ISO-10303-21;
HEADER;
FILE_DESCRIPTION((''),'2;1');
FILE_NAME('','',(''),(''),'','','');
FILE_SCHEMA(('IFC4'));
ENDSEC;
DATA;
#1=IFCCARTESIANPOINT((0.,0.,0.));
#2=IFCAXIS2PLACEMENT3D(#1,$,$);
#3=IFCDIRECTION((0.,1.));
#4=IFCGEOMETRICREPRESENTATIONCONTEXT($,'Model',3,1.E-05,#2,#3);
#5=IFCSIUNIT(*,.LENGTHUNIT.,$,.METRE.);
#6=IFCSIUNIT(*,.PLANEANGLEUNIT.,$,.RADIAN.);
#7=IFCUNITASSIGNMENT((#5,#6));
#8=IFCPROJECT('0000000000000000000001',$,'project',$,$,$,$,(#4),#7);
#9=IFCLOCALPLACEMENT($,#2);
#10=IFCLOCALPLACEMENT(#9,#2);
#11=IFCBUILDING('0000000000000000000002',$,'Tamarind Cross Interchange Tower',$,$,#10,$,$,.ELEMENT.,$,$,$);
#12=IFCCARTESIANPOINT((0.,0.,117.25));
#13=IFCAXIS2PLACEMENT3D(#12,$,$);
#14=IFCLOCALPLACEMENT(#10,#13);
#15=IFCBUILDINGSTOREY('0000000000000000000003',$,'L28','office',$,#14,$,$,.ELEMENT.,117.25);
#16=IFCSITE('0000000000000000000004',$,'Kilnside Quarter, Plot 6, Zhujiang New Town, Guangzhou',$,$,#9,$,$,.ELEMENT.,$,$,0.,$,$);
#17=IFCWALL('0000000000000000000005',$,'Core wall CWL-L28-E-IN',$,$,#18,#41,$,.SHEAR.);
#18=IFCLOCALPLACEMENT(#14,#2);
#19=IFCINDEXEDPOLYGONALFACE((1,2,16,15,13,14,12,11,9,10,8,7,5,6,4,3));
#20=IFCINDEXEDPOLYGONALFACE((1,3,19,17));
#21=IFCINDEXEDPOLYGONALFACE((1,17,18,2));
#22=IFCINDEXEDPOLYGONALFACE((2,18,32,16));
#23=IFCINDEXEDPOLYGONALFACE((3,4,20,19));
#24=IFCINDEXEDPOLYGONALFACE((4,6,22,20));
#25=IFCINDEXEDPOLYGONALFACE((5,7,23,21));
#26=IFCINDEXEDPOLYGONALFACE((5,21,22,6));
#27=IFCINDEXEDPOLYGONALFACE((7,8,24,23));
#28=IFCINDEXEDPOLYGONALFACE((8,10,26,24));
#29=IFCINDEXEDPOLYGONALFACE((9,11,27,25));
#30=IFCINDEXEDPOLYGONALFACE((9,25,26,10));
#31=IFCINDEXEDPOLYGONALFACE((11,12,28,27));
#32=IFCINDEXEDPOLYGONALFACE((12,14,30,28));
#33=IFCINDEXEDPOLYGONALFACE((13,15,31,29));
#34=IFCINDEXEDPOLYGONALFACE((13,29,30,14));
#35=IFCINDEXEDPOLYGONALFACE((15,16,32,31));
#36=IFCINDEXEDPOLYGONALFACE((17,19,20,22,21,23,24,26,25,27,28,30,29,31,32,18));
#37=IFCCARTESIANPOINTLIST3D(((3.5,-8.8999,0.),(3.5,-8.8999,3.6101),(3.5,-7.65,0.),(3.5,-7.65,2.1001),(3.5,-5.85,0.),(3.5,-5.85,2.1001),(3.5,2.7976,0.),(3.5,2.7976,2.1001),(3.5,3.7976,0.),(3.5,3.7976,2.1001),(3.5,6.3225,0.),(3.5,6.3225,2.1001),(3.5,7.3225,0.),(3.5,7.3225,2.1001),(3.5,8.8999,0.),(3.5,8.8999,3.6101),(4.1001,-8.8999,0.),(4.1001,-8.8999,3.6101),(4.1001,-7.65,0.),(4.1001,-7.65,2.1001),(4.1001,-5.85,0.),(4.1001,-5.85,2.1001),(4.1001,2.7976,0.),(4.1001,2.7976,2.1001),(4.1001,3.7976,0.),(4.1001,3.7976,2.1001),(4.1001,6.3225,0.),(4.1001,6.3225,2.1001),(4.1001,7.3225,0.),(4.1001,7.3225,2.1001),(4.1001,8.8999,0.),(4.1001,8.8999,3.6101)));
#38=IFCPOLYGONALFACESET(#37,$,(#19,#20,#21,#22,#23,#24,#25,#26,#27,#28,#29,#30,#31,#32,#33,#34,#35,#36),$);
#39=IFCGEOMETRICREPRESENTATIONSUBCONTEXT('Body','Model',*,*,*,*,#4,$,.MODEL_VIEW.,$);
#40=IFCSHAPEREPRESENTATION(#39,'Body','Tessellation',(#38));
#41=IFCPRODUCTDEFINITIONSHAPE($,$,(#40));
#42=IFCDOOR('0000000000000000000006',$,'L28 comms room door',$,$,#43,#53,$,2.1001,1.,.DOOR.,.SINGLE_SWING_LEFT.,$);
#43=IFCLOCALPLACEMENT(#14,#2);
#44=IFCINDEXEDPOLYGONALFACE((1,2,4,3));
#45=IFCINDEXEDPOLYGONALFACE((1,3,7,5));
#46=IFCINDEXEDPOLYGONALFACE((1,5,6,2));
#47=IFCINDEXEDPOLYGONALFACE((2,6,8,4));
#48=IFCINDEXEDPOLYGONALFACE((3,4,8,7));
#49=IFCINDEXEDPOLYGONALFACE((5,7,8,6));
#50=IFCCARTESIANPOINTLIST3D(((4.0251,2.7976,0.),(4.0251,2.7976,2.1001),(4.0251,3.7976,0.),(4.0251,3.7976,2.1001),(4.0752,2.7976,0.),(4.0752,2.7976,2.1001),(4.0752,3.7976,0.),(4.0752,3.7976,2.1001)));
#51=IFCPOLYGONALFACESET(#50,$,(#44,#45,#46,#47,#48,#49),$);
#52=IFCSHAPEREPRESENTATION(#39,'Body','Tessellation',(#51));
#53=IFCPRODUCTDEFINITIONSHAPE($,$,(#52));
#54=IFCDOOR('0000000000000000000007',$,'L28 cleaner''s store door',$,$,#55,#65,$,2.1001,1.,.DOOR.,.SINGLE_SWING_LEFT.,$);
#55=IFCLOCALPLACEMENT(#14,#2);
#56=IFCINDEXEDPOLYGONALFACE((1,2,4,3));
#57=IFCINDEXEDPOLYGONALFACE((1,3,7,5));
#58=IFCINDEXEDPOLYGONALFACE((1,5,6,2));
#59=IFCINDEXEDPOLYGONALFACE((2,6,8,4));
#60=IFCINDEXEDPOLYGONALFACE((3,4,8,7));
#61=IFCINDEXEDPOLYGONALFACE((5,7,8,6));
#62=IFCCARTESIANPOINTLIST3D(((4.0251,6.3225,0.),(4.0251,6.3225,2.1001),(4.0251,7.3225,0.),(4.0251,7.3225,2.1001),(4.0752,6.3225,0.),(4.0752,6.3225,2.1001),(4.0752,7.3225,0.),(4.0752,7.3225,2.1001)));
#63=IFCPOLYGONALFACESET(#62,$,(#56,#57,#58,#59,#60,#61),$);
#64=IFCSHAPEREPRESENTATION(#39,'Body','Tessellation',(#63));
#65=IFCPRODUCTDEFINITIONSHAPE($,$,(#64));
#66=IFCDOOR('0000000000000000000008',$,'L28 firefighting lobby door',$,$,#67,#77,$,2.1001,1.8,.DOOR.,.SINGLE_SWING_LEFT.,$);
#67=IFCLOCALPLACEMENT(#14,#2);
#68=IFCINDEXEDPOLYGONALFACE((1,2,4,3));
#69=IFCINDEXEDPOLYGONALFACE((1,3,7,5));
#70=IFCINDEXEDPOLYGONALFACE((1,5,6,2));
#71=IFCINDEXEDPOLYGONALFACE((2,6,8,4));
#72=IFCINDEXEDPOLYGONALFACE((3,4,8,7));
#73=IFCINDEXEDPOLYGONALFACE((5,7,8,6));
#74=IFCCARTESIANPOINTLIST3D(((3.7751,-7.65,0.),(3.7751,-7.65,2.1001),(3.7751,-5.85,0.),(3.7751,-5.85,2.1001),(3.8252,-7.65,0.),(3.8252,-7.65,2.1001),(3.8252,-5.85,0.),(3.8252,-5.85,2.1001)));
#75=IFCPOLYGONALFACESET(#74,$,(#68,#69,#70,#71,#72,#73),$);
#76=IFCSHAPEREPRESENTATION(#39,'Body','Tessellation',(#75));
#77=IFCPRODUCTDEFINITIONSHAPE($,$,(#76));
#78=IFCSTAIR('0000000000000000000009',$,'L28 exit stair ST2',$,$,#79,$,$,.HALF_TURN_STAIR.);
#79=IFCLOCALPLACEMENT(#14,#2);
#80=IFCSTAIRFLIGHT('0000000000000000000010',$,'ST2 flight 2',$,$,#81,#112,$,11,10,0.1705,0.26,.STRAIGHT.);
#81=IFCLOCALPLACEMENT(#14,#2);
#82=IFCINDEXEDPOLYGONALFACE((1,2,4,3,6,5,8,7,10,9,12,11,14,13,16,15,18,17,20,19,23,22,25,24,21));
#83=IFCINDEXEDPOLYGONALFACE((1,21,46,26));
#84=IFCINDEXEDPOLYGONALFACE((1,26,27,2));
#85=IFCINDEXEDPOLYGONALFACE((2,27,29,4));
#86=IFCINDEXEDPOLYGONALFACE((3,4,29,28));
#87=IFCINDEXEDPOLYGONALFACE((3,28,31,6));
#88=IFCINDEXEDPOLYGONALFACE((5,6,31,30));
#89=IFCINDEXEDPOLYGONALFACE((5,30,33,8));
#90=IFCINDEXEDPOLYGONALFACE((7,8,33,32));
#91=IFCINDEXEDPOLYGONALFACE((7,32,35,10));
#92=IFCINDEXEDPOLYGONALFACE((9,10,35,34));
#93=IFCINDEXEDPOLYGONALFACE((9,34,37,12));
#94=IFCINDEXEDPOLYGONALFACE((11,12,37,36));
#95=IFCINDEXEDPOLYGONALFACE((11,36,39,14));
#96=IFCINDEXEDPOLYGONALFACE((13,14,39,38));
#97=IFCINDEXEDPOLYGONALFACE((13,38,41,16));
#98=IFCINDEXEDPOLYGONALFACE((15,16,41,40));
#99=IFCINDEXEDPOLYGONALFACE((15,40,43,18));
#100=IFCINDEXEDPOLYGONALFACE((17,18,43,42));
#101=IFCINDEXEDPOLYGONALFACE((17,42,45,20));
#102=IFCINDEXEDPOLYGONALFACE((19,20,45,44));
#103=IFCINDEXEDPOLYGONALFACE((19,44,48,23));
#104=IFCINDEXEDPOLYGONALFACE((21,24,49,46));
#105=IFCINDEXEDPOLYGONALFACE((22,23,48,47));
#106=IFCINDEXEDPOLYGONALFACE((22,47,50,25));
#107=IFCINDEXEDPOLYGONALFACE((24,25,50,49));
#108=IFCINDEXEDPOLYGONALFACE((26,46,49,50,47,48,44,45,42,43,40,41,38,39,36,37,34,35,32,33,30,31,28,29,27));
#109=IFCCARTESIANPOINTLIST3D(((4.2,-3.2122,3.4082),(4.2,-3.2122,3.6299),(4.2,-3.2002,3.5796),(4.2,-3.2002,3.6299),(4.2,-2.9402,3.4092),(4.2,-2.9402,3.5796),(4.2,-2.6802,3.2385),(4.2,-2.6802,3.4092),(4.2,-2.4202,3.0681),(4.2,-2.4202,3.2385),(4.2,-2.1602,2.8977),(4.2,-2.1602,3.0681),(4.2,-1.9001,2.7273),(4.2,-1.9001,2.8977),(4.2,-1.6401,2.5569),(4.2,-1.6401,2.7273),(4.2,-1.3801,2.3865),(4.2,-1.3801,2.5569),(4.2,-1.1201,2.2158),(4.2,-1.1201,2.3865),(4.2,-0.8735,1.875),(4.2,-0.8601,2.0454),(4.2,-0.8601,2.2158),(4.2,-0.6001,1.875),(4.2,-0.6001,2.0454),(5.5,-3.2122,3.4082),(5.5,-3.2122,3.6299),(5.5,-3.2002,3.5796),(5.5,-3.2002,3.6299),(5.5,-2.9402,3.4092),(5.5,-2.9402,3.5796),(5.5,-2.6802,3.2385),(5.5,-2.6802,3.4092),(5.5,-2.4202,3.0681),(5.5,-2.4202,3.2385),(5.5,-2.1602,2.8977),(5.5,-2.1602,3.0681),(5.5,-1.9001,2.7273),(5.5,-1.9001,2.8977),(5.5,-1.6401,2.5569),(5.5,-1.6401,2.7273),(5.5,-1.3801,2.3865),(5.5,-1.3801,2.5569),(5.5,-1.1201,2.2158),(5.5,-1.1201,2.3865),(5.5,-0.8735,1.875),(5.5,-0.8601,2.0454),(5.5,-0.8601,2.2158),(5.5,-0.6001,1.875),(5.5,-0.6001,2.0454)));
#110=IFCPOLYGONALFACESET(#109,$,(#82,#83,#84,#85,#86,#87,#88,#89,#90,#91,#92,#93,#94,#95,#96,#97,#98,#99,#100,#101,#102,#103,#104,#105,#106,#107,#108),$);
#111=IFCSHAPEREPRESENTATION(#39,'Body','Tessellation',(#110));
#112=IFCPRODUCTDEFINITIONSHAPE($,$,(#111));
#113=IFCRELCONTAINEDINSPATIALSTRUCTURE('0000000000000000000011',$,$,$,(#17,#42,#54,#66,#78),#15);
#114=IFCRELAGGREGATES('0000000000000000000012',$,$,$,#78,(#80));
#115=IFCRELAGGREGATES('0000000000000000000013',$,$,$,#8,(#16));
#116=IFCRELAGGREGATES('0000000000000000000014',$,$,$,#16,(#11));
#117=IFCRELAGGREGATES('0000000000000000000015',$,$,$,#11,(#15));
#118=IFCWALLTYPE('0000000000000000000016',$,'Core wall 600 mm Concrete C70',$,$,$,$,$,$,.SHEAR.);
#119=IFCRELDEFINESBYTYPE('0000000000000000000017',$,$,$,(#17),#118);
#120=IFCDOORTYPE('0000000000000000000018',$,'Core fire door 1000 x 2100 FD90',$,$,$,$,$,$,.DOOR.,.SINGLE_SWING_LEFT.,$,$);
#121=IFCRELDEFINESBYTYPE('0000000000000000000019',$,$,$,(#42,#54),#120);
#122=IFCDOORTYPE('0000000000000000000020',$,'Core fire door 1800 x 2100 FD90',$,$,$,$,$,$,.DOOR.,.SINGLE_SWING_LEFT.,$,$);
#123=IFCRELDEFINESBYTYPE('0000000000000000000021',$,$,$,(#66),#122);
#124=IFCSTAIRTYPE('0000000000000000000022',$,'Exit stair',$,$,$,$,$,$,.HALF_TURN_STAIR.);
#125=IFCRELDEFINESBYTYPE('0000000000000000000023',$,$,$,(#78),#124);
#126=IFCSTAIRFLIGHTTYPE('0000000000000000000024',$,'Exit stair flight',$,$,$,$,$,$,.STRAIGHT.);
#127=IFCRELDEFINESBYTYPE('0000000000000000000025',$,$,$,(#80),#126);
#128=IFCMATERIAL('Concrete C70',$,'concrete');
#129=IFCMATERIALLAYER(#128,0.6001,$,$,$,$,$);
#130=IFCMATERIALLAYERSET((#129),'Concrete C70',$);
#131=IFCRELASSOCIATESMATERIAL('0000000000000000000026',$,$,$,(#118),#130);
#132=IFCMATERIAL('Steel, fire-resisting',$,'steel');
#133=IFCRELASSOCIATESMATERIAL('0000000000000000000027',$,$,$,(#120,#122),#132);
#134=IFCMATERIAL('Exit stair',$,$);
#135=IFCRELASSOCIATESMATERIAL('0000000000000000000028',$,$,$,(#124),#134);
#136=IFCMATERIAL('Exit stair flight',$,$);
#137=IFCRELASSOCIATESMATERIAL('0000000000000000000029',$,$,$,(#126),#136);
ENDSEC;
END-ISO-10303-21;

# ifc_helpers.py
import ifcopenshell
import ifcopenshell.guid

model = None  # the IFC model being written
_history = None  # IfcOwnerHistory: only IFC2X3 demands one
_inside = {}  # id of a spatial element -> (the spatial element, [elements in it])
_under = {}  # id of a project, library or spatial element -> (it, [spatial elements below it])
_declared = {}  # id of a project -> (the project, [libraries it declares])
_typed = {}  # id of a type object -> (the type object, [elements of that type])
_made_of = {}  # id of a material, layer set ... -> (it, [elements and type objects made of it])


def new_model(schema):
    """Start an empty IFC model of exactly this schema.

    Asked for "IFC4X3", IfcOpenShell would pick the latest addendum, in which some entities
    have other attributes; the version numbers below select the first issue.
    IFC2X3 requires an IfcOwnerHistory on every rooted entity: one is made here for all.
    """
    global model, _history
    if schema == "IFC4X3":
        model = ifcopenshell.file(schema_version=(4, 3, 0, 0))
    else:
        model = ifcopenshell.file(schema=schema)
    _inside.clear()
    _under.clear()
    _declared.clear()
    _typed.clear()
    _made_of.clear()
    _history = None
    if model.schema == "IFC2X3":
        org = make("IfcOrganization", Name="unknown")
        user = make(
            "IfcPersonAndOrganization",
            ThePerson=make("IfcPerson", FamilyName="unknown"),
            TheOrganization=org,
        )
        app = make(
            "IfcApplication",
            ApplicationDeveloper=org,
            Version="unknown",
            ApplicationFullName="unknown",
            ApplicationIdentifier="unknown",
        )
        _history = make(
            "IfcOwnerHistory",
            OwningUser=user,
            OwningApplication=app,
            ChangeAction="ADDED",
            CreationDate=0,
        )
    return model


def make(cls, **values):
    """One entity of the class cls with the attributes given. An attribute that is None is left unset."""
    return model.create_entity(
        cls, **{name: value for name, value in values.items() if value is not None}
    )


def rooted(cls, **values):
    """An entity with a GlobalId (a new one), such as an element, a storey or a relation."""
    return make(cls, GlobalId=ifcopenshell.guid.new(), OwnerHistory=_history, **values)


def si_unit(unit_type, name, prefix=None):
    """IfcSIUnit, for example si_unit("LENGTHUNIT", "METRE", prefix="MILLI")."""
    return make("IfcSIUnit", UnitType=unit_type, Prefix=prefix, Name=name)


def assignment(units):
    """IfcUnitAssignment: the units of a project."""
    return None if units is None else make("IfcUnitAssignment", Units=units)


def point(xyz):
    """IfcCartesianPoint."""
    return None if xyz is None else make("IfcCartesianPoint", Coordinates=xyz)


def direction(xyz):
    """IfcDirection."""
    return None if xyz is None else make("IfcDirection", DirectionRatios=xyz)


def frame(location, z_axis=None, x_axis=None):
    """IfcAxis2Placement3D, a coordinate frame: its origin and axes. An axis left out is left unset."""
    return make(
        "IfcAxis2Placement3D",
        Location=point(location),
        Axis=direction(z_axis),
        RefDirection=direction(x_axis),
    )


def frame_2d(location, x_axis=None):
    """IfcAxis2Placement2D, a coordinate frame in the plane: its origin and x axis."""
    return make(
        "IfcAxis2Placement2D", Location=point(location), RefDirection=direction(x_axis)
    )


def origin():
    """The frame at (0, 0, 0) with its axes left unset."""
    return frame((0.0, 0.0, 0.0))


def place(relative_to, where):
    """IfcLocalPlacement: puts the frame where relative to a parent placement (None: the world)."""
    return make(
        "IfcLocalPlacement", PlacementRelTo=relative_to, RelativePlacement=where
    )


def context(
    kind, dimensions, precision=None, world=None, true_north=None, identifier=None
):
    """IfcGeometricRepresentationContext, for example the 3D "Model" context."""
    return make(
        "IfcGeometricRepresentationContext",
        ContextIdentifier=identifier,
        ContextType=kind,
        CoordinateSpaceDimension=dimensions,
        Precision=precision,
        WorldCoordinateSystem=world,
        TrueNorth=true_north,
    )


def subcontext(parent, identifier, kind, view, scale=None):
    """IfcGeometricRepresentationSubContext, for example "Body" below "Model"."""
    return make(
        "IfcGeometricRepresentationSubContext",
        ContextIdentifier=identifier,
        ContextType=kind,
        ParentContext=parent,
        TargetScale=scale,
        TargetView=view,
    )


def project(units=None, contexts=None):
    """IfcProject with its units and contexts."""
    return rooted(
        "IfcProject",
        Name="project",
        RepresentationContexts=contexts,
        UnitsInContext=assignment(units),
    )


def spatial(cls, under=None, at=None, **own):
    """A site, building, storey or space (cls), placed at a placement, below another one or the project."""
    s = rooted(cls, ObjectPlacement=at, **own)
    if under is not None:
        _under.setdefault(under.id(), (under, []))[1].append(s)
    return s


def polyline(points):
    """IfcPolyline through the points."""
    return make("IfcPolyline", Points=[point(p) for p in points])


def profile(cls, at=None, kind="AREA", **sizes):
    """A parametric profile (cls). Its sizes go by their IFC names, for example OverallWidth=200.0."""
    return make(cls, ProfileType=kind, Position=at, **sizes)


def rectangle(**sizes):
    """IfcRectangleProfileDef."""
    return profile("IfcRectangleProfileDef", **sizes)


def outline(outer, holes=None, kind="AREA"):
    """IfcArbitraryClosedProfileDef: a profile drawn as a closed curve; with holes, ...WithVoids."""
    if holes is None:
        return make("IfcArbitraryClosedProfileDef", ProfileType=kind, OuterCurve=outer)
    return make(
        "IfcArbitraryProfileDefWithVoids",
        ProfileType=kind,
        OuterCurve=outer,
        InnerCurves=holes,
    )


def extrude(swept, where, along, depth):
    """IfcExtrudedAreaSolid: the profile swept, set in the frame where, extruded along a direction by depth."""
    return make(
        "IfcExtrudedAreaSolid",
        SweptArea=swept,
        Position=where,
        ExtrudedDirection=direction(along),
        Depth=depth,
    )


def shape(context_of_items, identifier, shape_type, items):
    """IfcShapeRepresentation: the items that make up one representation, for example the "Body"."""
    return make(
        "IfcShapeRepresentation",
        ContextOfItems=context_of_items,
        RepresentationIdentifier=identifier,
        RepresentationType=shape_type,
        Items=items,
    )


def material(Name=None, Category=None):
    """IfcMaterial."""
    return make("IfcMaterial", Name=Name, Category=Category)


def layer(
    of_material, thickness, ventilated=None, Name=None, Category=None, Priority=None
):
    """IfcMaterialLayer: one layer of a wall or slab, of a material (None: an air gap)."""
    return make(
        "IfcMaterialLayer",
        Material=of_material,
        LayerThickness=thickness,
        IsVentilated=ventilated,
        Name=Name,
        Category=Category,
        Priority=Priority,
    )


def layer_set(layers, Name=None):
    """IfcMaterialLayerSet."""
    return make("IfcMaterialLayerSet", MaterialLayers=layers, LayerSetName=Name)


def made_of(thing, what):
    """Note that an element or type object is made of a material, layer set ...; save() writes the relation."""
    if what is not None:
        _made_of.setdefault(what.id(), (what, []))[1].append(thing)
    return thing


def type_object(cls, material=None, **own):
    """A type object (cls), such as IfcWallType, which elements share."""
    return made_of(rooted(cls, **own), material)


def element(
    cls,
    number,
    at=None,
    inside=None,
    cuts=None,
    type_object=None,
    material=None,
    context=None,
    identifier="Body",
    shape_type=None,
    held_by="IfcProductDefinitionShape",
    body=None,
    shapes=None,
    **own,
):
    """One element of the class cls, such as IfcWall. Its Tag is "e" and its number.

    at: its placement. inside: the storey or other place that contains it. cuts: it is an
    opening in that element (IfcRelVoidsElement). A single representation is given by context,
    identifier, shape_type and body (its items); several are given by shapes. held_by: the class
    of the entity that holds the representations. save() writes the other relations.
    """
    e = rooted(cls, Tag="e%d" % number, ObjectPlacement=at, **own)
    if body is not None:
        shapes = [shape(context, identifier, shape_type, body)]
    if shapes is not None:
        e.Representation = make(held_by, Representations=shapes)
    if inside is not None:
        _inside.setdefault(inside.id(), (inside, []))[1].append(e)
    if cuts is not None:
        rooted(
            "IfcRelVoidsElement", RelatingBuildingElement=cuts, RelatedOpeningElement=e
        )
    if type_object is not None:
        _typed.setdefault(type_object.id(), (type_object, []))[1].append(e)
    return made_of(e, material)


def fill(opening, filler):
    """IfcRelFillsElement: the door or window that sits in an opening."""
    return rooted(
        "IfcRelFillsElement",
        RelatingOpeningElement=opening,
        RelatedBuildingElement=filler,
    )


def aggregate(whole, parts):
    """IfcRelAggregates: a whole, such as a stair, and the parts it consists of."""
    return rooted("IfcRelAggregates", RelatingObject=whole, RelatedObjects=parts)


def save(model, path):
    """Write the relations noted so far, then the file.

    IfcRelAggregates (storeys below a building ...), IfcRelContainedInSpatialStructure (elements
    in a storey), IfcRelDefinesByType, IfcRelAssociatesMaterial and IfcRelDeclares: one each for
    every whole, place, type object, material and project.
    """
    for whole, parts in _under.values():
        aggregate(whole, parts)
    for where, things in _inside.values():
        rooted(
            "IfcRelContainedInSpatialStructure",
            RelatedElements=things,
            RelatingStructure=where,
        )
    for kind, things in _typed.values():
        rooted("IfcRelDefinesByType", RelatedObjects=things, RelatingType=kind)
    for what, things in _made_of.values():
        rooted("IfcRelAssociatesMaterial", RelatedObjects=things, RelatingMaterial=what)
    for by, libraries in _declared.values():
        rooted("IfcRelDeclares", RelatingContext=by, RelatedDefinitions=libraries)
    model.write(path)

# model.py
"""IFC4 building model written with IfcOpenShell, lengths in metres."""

from ifc_helpers import new_model, si_unit, direction, frame, frame_2d, origin, place, context, subcontext, project, spatial, polyline, rectangle, outline, extrude, material, layer, layer_set, type_object, element, fill, aggregate, save


model = new_model("IFC4")

# Units and contexts
model_context = context("Model", 3, precision=1e-05, world=origin(), true_north=direction((0.0, 1.0)))
body_context = subcontext(model_context, "Body", "Model", "MODEL_VIEW")
ifc_project = project(units=[si_unit("LENGTHUNIT", "METRE"), si_unit("PLANEANGLEUNIT", "RADIAN")], contexts=[model_context])

# Site, building, storey
site_placement = place(None, origin())
site = spatial("IfcSite", under=ifc_project, at=site_placement, Name="Kilnside Quarter, Plot 6, Zhujiang New Town, Guangzhou", CompositionType="ELEMENT", RefElevation=0.0)
building_placement = place(site_placement, origin())
building = spatial("IfcBuilding", under=site, at=building_placement, Name="Tamarind Cross Interchange Tower", CompositionType="ELEMENT")
storey_placement = place(building_placement, frame((0.0, 0.0, 117.25)))
storey = spatial("IfcBuildingStorey", under=building, at=storey_placement, Name="L28", Description="office", CompositionType="ELEMENT", Elevation=117.25)

# Wall, openings, doors
ifc_material_1 = material(Name="Concrete C70", Category="concrete")
ifc_layer_1 = layer(ifc_material_1, 0.6001)
ifc_layer_set_1 = layer_set([ifc_layer_1], Name="Concrete C70")
wall_type = type_object("IfcWallType", Name="Core wall 600 mm Concrete C70", PredefinedType="SHEAR", material=ifc_layer_set_1)
wall_placement = place(storey_placement, frame((3.8, -8.8999, 0.0), z_axis=(0.0, 0.0, 1.0), x_axis=(0.0, 1.0, 0.0)))
wall = element("IfcWall", 1, at=wall_placement, inside=storey, type_object=wall_type, Name="Core wall CWL-L28-E-IN", PredefinedType="SHEAR", context=body_context, shape_type="SweptSolid", body=[
    extrude(rectangle(XDim=17.7998, YDim=0.6001, at=frame_2d((8.8999, 0.0))), origin(), (0.0, 0.0, 1.0), 3.6101),
])
opening_1_placement = place(wall_placement, frame((1.25, 0.0, 0.0)))
opening_1 = element("IfcOpeningElement", 2, at=opening_1_placement, cuts=wall, PredefinedType="OPENING", context=body_context, shape_type="SweptSolid", body=[
    extrude(rectangle(XDim=1.8, YDim=2.1001, at=frame_2d((0.8999, 1.05))), frame((0.0, 0.3101, 0.0), z_axis=(0.0, -1.0, 0.0), x_axis=(1.0, 0.0, 0.0)), (0.0, 0.0, 1.0), 0.6201),
])
opening_2_placement = place(wall_placement, frame((11.6975, 0.0, 0.0)))
opening_2 = element("IfcOpeningElement", 3, at=opening_2_placement, cuts=wall, PredefinedType="OPENING", context=body_context, shape_type="SweptSolid", body=[
    extrude(rectangle(XDim=1.0, YDim=2.1001, at=frame_2d((0.5, 1.05))), frame((0.0, 0.3101, 0.0), z_axis=(0.0, -1.0, 0.0), x_axis=(1.0, 0.0, 0.0)), (0.0, 0.0, 1.0), 0.6201),
])
opening_3_placement = place(wall_placement, frame((15.2224, 0.0, 0.0)))
opening_3 = element("IfcOpeningElement", 4, at=opening_3_placement, cuts=wall, PredefinedType="OPENING", context=body_context, shape_type="SweptSolid", body=[
    extrude(rectangle(XDim=1.0, YDim=2.1001, at=frame_2d((0.5, 1.05))), frame((0.0, 0.3101, 0.0), z_axis=(0.0, -1.0, 0.0), x_axis=(1.0, 0.0, 0.0)), (0.0, 0.0, 1.0), 0.6201),
])
ifc_material_2 = material(Name="Steel, fire-resisting", Category="steel")
door_type_1 = type_object("IfcDoorType", Name="Core fire door 1000 x 2100 FD90", OperationType="SINGLE_SWING_LEFT", PredefinedType="DOOR", material=ifc_material_2)
door_1_placement = place(opening_2_placement, origin())
door_1 = element("IfcDoor", 5, at=door_1_placement, inside=storey, type_object=door_type_1, Name="L28 comms room door", OperationType="SINGLE_SWING_LEFT", OverallHeight=2.1001, OverallWidth=1.0, PredefinedType="DOOR", context=body_context, shape_type="SweptSolid", body=[
    extrude(rectangle(XDim=1.0, YDim=2.1001, at=frame_2d((0.5, 1.05))), frame((0.0, -0.2251, 0.0), z_axis=(0.0, -1.0, 0.0), x_axis=(1.0, 0.0, 0.0)), (0.0, 0.0, 1.0), 0.05),
])
fill(opening_2, door_1)
door_2_placement = place(opening_3_placement, origin())
door_2 = element("IfcDoor", 6, at=door_2_placement, inside=storey, type_object=door_type_1, Name="L28 cleaner's store door", OperationType="SINGLE_SWING_LEFT", OverallHeight=2.1001, OverallWidth=1.0, PredefinedType="DOOR", context=body_context, shape_type="SweptSolid", body=[
    extrude(rectangle(XDim=1.0, YDim=2.1001, at=frame_2d((0.5, 1.05))), frame((0.0, -0.2251, 0.0), z_axis=(0.0, -1.0, 0.0), x_axis=(1.0, 0.0, 0.0)), (0.0, 0.0, 1.0), 0.05),
])
fill(opening_3, door_2)
door_type_2 = type_object("IfcDoorType", Name="Core fire door 1800 x 2100 FD90", OperationType="SINGLE_SWING_LEFT", PredefinedType="DOOR", material=ifc_material_2)
door_3_placement = place(opening_1_placement, origin())
door_3 = element("IfcDoor", 7, at=door_3_placement, inside=storey, type_object=door_type_2, Name="L28 firefighting lobby door", OperationType="SINGLE_SWING_LEFT", OverallHeight=2.1001, OverallWidth=1.8, PredefinedType="DOOR", context=body_context, shape_type="SweptSolid", body=[
    extrude(rectangle(XDim=1.8, YDim=2.1001, at=frame_2d((0.8999, 1.05))), frame((0.0, 0.0249, 0.0), z_axis=(0.0, -1.0, 0.0), x_axis=(1.0, 0.0, 0.0)), (0.0, 0.0, 1.0), 0.05),
])
fill(opening_1, door_3)

# Stair, stair flight
ifc_material_3 = material(Name="Exit stair")
stair_type = type_object("IfcStairType", Name="Exit stair", PredefinedType="HALF_TURN_STAIR", material=ifc_material_3)
stair_placement = place(storey_placement, origin())
stair = element("IfcStair", 8, at=stair_placement, inside=storey, type_object=stair_type, Name="L28 exit stair ST2", PredefinedType="HALF_TURN_STAIR")
ifc_material_4 = material(Name="Exit stair flight")
stair_flight_type = type_object("IfcStairFlightType", Name="Exit stair flight", PredefinedType="STRAIGHT", material=ifc_material_4)
stair_flight_placement = place(storey_placement, frame((4.8501, -0.6001, 1.875), z_axis=(0.0, 0.0, 1.0), x_axis=(0.0, -1.0, 0.0)))
stair_flight = element("IfcStairFlight", 9, at=stair_flight_placement, type_object=stair_flight_type, Name="ST2 flight 2", NumberOfRisers=11, NumberOfTreads=10, PredefinedType="STRAIGHT", RiserHeight=0.1705, TreadLength=0.26, context=body_context, shape_type="SweptSolid", body=[
    extrude(outline(polyline([(0.0, 0.0), (0.0, 0.1704), (0.26, 0.1704), (0.26, 0.3408), (0.52, 0.3408), (0.52, 0.5115), (0.78, 0.5115), (0.78, 0.6819), (1.04, 0.6819), (1.04, 0.8523), (1.3, 0.8523), (1.3, 1.0227), (1.5601, 1.0227), (1.5601, 1.1931), (1.8201, 1.1931), (1.8201, 1.3635), (2.0801, 1.3635), (2.0801, 1.5342), (2.3401, 1.5342), (2.3401, 1.7046), (2.6001, 1.7046), (2.6001, 1.7549), (2.6121, 1.7549), (2.6121, 1.5332), (0.2734, 0.0), (0.0, 0.0)])), frame((0.0, 0.6499, 0.0), z_axis=(0.0, -1.0, 0.0), x_axis=(1.0, 0.0, 0.0)), (0.0, 0.0, 1.0), 1.3),
])
aggregate(stair, [stair_flight])

save(model, "model.ifc")
